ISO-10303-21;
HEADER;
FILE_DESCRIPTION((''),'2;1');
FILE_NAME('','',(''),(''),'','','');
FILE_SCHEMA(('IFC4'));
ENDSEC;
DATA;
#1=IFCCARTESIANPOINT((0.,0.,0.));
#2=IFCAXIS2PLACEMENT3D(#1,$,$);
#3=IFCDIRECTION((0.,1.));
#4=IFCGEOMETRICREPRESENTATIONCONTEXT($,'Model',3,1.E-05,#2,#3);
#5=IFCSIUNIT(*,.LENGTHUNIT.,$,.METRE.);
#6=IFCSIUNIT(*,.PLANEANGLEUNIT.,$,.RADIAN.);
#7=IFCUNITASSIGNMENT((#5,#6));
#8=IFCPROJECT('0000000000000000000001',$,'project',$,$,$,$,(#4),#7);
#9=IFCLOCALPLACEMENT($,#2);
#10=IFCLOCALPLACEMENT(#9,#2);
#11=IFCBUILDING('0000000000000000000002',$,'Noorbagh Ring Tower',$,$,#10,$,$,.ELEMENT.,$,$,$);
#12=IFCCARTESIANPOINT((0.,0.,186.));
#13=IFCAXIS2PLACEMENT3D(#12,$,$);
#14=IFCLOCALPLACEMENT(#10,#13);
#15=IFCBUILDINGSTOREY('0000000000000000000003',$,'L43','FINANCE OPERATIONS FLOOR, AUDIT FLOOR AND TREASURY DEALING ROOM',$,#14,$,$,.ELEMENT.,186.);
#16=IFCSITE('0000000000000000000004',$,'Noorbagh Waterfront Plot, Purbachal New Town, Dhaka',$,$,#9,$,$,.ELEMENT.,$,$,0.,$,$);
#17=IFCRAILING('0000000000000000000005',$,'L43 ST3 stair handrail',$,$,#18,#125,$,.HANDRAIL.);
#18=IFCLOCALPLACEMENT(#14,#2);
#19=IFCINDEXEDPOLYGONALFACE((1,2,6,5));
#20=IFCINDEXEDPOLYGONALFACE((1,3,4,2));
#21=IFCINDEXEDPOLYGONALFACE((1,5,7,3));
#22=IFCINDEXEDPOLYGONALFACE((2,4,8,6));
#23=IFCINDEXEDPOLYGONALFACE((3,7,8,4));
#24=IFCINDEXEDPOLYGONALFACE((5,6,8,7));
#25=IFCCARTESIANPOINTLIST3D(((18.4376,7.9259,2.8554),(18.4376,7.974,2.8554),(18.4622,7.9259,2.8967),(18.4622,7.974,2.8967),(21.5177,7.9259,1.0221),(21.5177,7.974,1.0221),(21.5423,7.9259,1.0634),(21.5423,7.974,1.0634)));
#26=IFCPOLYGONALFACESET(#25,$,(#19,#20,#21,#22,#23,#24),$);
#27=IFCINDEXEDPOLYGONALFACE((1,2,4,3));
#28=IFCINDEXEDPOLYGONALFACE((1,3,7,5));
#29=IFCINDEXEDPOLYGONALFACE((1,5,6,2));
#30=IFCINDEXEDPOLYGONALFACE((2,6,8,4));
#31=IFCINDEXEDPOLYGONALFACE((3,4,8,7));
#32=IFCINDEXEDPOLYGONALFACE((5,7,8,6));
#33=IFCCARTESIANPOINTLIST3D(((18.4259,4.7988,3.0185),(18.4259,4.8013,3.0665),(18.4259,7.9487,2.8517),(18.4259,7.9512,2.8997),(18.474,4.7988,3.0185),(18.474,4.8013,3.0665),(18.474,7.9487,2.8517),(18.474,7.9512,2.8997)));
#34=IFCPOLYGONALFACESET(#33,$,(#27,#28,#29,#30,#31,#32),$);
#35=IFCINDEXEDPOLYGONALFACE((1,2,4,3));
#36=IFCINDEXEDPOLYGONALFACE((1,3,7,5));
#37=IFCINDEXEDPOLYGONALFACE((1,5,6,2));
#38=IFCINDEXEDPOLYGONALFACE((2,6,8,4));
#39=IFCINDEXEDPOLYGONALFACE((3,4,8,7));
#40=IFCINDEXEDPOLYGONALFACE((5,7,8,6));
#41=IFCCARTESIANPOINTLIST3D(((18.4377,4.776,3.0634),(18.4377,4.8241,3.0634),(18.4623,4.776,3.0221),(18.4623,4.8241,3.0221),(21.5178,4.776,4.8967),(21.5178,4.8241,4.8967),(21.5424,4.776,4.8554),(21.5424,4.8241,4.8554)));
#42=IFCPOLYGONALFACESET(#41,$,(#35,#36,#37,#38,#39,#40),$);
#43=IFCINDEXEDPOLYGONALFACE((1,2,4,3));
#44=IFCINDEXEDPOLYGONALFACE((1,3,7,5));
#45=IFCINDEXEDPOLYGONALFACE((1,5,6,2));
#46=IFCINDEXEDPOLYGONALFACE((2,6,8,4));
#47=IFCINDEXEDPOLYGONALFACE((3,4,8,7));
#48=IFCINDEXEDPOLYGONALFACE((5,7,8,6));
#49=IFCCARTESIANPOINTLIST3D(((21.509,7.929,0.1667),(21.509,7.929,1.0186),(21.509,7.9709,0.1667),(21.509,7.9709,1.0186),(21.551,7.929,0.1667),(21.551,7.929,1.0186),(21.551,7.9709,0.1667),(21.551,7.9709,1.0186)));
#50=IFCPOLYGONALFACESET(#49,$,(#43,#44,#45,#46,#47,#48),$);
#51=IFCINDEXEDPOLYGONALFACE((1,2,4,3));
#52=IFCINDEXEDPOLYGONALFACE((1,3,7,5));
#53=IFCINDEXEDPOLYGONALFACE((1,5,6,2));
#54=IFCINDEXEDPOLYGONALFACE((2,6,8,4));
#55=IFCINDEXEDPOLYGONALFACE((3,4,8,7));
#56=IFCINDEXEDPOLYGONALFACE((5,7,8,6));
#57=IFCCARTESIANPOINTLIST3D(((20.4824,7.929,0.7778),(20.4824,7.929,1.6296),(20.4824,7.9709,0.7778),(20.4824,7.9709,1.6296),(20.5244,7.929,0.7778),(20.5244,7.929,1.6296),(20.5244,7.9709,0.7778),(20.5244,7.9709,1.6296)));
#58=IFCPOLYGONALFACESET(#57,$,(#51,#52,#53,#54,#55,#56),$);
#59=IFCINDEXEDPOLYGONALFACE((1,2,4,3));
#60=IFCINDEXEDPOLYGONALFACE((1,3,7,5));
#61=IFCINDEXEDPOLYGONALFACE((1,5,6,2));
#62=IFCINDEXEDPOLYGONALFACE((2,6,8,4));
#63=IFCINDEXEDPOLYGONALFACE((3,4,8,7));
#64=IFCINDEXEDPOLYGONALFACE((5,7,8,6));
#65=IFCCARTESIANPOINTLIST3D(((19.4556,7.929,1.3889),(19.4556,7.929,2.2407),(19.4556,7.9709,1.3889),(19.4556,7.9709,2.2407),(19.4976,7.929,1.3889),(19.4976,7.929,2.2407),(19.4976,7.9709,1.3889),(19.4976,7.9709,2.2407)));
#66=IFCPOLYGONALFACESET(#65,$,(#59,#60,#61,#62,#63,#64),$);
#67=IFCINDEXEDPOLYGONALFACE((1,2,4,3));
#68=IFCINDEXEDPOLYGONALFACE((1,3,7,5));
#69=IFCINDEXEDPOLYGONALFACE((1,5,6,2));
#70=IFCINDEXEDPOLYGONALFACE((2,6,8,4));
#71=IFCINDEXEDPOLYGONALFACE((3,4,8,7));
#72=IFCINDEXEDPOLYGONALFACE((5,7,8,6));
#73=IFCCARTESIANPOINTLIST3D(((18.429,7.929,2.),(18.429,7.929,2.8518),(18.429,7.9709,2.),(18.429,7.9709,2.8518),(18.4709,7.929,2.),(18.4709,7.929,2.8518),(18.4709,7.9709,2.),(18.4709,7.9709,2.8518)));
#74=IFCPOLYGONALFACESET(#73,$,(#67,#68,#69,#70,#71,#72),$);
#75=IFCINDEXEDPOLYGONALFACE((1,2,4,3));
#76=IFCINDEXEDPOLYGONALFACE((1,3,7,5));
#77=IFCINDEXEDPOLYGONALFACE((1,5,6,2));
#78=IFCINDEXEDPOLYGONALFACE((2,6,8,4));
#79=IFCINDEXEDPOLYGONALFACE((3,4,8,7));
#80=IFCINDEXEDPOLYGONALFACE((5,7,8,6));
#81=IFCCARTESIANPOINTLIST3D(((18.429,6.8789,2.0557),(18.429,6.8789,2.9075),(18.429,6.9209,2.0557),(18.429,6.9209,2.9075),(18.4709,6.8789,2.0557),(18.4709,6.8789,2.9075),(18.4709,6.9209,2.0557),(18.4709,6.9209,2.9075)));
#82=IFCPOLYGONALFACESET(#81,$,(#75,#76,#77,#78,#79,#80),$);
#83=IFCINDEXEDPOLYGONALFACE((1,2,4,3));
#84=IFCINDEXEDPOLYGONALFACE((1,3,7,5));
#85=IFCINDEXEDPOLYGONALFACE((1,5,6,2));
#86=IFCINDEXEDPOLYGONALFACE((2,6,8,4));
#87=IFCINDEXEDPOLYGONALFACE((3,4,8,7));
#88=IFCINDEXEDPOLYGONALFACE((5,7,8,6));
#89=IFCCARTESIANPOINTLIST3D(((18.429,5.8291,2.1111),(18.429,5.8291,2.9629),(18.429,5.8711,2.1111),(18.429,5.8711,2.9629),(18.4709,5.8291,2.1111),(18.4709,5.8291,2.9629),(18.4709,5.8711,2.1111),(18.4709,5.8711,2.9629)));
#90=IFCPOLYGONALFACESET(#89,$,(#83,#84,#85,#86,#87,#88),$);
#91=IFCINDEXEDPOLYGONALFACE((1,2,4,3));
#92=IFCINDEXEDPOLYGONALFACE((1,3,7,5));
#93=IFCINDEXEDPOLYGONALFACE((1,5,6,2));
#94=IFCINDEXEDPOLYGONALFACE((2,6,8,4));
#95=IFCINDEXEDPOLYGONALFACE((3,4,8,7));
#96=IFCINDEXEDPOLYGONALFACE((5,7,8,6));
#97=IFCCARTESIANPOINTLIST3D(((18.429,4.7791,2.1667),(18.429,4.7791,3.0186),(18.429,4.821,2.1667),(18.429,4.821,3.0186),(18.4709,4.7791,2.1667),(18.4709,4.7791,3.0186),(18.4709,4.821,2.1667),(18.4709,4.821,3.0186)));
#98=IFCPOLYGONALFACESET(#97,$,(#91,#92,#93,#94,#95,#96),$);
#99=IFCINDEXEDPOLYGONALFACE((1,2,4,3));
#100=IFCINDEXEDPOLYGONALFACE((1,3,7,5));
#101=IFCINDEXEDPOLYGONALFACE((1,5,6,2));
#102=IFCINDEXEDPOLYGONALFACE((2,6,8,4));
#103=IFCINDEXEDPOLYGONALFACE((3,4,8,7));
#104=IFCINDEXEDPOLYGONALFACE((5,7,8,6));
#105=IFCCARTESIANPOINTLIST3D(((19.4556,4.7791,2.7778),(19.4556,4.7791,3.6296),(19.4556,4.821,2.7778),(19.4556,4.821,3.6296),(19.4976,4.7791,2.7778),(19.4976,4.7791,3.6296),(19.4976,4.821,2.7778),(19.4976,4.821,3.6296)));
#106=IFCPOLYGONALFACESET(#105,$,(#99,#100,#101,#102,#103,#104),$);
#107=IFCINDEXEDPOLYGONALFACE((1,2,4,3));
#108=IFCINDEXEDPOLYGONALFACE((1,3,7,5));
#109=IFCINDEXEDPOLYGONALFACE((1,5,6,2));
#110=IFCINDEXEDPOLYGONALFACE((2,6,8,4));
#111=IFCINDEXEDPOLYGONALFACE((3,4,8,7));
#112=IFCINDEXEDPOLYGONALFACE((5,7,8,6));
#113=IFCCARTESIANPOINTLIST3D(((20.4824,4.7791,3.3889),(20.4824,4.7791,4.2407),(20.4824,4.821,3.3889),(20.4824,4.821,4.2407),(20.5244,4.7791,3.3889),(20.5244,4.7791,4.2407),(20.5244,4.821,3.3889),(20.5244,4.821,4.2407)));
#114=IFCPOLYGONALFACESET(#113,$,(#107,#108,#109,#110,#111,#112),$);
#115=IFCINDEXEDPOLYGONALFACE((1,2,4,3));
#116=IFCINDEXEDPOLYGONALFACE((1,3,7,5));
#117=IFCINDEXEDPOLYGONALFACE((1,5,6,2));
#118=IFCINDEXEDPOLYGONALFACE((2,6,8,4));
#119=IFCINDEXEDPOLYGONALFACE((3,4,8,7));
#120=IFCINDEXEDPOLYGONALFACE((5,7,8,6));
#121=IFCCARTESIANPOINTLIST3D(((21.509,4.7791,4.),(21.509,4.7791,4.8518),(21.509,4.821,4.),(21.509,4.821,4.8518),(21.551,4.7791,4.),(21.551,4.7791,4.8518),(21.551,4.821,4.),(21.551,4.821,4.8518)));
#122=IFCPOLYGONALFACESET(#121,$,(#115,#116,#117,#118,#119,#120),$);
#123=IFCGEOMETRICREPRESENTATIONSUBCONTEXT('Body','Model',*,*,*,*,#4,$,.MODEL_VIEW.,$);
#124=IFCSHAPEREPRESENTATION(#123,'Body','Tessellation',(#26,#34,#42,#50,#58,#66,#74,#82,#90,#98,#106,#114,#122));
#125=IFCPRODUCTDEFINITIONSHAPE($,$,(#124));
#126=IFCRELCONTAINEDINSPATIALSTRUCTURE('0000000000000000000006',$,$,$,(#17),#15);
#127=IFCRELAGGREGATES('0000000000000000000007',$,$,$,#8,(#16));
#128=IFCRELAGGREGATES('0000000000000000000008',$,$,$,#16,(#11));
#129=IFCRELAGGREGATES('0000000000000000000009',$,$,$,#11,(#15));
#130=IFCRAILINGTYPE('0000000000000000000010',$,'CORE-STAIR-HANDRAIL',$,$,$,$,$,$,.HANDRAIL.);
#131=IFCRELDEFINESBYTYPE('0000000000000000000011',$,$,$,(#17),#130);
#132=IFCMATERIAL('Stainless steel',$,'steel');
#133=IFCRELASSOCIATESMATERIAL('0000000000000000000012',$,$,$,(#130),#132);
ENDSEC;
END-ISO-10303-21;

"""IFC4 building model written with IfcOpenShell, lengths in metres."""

from ifc_helpers import new_model, si_unit, direction, frame, origin, origin_2d, place, context, subcontext, project, spatial, rectangle, extrude, material, type_object, element, save


model = new_model("IFC4")

# Units and contexts
model_context = context("Model", 3, precision=1e-05, world=origin(), true_north=direction((0.0, 1.0)))
body_context = subcontext(model_context, "Body", "Model", "MODEL_VIEW")
ifc_project = project(units=[si_unit("LENGTHUNIT", "METRE"), si_unit("PLANEANGLEUNIT", "RADIAN")], contexts=[model_context])

# Site, building, storey
site_placement = place(None, origin())
site = spatial("IfcSite", under=ifc_project, at=site_placement, Name="Noorbagh Waterfront Plot, Purbachal New Town, Dhaka", CompositionType="ELEMENT", RefElevation=0.0)
building_placement = place(site_placement, origin())
building = spatial("IfcBuilding", under=site, at=building_placement, Name="Noorbagh Ring Tower", CompositionType="ELEMENT")
storey_placement = place(building_placement, frame((0.0, 0.0, 186.0)))
storey = spatial("IfcBuildingStorey", under=building, at=storey_placement, Name="L43", Description="FINANCE OPERATIONS FLOOR, AUDIT FLOOR AND TREASURY DEALING ROOM", CompositionType="ELEMENT", Elevation=186.0)

# Railing
ifc_material_1 = material(Name="Stainless steel", Category="steel")
railing_type_1 = type_object("IfcRailingType", Name="CORE-STAIR-HANDRAIL", PredefinedType="HANDRAIL", material=ifc_material_1)
railing_1_placement = place(storey_placement, frame((21.53, 7.95, 0.1667)))
element("IfcRailing", 1, at=railing_1_placement, inside=storey, type_object=railing_type_1, Name="L43 ST3 stair handrail", PredefinedType="HANDRAIL", context=body_context, shape_type="SweptSolid", body=[
    extrude(rectangle(XDim=0.0481, YDim=0.0481, at=origin_2d()), frame((0.0, 0.0, 0.876), z_axis=(-0.859309, 0.0, 0.511458), x_axis=(0.0, -1.0, 0.0)), (0.0, 0.0, 1.0), 3.5845),
    extrude(rectangle(XDim=0.0481, YDim=0.0481, at=origin_2d()), frame((-3.0801, 0.0, 2.709), z_axis=(0.0, -0.998602, 0.052864), x_axis=(1.0, 0.0, 0.0)), (0.0, 0.0, 1.0), 3.1543),
    extrude(rectangle(XDim=0.0481, YDim=0.0481, at=origin_2d()), frame((-3.0801, -3.1499, 2.876), z_axis=(0.859309, 0.0, 0.511458), x_axis=(0.0, 1.0, 0.0)), (0.0, 0.0, 1.0), 3.5845),
    extrude(rectangle(XDim=0.042, YDim=0.042, at=origin_2d()), origin(), (0.0, 0.0, 1.0), 0.8518),
    extrude(rectangle(XDim=0.042, YDim=0.042, at=origin_2d()), frame((-1.0266, 0.0, 0.6111)), (0.0, 0.0, 1.0), 0.8518),
    extrude(rectangle(XDim=0.042, YDim=0.042, at=origin_2d()), frame((-2.0535, 0.0, 1.2222)), (0.0, 0.0, 1.0), 0.8518),
    extrude(rectangle(XDim=0.042, YDim=0.042, at=origin_2d()), frame((-3.0801, 0.0, 1.8333)), (0.0, 0.0, 1.0), 0.8518),
    extrude(rectangle(XDim=0.042, YDim=0.042, at=origin_2d()), frame((-3.0801, -1.05, 1.8889)), (0.0, 0.0, 1.0), 0.8518),
    extrude(rectangle(XDim=0.042, YDim=0.042, at=origin_2d()), frame((-3.0801, -2.0999, 1.9443)), (0.0, 0.0, 1.0), 0.8518),
    extrude(rectangle(XDim=0.042, YDim=0.042, at=origin_2d()), frame((-3.0801, -3.1499, 2.0)), (0.0, 0.0, 1.0), 0.8518),
    extrude(rectangle(XDim=0.042, YDim=0.042, at=origin_2d()), frame((-2.0535, -3.1499, 2.6111)), (0.0, 0.0, 1.0), 0.8518),
    extrude(rectangle(XDim=0.042, YDim=0.042, at=origin_2d()), frame((-1.0266, -3.1499, 3.2222)), (0.0, 0.0, 1.0), 0.8518),
    extrude(rectangle(XDim=0.042, YDim=0.042, at=origin_2d()), frame((0.0, -3.1499, 3.8333)), (0.0, 0.0, 1.0), 0.8518),
])

save(model, "model.ifc")
